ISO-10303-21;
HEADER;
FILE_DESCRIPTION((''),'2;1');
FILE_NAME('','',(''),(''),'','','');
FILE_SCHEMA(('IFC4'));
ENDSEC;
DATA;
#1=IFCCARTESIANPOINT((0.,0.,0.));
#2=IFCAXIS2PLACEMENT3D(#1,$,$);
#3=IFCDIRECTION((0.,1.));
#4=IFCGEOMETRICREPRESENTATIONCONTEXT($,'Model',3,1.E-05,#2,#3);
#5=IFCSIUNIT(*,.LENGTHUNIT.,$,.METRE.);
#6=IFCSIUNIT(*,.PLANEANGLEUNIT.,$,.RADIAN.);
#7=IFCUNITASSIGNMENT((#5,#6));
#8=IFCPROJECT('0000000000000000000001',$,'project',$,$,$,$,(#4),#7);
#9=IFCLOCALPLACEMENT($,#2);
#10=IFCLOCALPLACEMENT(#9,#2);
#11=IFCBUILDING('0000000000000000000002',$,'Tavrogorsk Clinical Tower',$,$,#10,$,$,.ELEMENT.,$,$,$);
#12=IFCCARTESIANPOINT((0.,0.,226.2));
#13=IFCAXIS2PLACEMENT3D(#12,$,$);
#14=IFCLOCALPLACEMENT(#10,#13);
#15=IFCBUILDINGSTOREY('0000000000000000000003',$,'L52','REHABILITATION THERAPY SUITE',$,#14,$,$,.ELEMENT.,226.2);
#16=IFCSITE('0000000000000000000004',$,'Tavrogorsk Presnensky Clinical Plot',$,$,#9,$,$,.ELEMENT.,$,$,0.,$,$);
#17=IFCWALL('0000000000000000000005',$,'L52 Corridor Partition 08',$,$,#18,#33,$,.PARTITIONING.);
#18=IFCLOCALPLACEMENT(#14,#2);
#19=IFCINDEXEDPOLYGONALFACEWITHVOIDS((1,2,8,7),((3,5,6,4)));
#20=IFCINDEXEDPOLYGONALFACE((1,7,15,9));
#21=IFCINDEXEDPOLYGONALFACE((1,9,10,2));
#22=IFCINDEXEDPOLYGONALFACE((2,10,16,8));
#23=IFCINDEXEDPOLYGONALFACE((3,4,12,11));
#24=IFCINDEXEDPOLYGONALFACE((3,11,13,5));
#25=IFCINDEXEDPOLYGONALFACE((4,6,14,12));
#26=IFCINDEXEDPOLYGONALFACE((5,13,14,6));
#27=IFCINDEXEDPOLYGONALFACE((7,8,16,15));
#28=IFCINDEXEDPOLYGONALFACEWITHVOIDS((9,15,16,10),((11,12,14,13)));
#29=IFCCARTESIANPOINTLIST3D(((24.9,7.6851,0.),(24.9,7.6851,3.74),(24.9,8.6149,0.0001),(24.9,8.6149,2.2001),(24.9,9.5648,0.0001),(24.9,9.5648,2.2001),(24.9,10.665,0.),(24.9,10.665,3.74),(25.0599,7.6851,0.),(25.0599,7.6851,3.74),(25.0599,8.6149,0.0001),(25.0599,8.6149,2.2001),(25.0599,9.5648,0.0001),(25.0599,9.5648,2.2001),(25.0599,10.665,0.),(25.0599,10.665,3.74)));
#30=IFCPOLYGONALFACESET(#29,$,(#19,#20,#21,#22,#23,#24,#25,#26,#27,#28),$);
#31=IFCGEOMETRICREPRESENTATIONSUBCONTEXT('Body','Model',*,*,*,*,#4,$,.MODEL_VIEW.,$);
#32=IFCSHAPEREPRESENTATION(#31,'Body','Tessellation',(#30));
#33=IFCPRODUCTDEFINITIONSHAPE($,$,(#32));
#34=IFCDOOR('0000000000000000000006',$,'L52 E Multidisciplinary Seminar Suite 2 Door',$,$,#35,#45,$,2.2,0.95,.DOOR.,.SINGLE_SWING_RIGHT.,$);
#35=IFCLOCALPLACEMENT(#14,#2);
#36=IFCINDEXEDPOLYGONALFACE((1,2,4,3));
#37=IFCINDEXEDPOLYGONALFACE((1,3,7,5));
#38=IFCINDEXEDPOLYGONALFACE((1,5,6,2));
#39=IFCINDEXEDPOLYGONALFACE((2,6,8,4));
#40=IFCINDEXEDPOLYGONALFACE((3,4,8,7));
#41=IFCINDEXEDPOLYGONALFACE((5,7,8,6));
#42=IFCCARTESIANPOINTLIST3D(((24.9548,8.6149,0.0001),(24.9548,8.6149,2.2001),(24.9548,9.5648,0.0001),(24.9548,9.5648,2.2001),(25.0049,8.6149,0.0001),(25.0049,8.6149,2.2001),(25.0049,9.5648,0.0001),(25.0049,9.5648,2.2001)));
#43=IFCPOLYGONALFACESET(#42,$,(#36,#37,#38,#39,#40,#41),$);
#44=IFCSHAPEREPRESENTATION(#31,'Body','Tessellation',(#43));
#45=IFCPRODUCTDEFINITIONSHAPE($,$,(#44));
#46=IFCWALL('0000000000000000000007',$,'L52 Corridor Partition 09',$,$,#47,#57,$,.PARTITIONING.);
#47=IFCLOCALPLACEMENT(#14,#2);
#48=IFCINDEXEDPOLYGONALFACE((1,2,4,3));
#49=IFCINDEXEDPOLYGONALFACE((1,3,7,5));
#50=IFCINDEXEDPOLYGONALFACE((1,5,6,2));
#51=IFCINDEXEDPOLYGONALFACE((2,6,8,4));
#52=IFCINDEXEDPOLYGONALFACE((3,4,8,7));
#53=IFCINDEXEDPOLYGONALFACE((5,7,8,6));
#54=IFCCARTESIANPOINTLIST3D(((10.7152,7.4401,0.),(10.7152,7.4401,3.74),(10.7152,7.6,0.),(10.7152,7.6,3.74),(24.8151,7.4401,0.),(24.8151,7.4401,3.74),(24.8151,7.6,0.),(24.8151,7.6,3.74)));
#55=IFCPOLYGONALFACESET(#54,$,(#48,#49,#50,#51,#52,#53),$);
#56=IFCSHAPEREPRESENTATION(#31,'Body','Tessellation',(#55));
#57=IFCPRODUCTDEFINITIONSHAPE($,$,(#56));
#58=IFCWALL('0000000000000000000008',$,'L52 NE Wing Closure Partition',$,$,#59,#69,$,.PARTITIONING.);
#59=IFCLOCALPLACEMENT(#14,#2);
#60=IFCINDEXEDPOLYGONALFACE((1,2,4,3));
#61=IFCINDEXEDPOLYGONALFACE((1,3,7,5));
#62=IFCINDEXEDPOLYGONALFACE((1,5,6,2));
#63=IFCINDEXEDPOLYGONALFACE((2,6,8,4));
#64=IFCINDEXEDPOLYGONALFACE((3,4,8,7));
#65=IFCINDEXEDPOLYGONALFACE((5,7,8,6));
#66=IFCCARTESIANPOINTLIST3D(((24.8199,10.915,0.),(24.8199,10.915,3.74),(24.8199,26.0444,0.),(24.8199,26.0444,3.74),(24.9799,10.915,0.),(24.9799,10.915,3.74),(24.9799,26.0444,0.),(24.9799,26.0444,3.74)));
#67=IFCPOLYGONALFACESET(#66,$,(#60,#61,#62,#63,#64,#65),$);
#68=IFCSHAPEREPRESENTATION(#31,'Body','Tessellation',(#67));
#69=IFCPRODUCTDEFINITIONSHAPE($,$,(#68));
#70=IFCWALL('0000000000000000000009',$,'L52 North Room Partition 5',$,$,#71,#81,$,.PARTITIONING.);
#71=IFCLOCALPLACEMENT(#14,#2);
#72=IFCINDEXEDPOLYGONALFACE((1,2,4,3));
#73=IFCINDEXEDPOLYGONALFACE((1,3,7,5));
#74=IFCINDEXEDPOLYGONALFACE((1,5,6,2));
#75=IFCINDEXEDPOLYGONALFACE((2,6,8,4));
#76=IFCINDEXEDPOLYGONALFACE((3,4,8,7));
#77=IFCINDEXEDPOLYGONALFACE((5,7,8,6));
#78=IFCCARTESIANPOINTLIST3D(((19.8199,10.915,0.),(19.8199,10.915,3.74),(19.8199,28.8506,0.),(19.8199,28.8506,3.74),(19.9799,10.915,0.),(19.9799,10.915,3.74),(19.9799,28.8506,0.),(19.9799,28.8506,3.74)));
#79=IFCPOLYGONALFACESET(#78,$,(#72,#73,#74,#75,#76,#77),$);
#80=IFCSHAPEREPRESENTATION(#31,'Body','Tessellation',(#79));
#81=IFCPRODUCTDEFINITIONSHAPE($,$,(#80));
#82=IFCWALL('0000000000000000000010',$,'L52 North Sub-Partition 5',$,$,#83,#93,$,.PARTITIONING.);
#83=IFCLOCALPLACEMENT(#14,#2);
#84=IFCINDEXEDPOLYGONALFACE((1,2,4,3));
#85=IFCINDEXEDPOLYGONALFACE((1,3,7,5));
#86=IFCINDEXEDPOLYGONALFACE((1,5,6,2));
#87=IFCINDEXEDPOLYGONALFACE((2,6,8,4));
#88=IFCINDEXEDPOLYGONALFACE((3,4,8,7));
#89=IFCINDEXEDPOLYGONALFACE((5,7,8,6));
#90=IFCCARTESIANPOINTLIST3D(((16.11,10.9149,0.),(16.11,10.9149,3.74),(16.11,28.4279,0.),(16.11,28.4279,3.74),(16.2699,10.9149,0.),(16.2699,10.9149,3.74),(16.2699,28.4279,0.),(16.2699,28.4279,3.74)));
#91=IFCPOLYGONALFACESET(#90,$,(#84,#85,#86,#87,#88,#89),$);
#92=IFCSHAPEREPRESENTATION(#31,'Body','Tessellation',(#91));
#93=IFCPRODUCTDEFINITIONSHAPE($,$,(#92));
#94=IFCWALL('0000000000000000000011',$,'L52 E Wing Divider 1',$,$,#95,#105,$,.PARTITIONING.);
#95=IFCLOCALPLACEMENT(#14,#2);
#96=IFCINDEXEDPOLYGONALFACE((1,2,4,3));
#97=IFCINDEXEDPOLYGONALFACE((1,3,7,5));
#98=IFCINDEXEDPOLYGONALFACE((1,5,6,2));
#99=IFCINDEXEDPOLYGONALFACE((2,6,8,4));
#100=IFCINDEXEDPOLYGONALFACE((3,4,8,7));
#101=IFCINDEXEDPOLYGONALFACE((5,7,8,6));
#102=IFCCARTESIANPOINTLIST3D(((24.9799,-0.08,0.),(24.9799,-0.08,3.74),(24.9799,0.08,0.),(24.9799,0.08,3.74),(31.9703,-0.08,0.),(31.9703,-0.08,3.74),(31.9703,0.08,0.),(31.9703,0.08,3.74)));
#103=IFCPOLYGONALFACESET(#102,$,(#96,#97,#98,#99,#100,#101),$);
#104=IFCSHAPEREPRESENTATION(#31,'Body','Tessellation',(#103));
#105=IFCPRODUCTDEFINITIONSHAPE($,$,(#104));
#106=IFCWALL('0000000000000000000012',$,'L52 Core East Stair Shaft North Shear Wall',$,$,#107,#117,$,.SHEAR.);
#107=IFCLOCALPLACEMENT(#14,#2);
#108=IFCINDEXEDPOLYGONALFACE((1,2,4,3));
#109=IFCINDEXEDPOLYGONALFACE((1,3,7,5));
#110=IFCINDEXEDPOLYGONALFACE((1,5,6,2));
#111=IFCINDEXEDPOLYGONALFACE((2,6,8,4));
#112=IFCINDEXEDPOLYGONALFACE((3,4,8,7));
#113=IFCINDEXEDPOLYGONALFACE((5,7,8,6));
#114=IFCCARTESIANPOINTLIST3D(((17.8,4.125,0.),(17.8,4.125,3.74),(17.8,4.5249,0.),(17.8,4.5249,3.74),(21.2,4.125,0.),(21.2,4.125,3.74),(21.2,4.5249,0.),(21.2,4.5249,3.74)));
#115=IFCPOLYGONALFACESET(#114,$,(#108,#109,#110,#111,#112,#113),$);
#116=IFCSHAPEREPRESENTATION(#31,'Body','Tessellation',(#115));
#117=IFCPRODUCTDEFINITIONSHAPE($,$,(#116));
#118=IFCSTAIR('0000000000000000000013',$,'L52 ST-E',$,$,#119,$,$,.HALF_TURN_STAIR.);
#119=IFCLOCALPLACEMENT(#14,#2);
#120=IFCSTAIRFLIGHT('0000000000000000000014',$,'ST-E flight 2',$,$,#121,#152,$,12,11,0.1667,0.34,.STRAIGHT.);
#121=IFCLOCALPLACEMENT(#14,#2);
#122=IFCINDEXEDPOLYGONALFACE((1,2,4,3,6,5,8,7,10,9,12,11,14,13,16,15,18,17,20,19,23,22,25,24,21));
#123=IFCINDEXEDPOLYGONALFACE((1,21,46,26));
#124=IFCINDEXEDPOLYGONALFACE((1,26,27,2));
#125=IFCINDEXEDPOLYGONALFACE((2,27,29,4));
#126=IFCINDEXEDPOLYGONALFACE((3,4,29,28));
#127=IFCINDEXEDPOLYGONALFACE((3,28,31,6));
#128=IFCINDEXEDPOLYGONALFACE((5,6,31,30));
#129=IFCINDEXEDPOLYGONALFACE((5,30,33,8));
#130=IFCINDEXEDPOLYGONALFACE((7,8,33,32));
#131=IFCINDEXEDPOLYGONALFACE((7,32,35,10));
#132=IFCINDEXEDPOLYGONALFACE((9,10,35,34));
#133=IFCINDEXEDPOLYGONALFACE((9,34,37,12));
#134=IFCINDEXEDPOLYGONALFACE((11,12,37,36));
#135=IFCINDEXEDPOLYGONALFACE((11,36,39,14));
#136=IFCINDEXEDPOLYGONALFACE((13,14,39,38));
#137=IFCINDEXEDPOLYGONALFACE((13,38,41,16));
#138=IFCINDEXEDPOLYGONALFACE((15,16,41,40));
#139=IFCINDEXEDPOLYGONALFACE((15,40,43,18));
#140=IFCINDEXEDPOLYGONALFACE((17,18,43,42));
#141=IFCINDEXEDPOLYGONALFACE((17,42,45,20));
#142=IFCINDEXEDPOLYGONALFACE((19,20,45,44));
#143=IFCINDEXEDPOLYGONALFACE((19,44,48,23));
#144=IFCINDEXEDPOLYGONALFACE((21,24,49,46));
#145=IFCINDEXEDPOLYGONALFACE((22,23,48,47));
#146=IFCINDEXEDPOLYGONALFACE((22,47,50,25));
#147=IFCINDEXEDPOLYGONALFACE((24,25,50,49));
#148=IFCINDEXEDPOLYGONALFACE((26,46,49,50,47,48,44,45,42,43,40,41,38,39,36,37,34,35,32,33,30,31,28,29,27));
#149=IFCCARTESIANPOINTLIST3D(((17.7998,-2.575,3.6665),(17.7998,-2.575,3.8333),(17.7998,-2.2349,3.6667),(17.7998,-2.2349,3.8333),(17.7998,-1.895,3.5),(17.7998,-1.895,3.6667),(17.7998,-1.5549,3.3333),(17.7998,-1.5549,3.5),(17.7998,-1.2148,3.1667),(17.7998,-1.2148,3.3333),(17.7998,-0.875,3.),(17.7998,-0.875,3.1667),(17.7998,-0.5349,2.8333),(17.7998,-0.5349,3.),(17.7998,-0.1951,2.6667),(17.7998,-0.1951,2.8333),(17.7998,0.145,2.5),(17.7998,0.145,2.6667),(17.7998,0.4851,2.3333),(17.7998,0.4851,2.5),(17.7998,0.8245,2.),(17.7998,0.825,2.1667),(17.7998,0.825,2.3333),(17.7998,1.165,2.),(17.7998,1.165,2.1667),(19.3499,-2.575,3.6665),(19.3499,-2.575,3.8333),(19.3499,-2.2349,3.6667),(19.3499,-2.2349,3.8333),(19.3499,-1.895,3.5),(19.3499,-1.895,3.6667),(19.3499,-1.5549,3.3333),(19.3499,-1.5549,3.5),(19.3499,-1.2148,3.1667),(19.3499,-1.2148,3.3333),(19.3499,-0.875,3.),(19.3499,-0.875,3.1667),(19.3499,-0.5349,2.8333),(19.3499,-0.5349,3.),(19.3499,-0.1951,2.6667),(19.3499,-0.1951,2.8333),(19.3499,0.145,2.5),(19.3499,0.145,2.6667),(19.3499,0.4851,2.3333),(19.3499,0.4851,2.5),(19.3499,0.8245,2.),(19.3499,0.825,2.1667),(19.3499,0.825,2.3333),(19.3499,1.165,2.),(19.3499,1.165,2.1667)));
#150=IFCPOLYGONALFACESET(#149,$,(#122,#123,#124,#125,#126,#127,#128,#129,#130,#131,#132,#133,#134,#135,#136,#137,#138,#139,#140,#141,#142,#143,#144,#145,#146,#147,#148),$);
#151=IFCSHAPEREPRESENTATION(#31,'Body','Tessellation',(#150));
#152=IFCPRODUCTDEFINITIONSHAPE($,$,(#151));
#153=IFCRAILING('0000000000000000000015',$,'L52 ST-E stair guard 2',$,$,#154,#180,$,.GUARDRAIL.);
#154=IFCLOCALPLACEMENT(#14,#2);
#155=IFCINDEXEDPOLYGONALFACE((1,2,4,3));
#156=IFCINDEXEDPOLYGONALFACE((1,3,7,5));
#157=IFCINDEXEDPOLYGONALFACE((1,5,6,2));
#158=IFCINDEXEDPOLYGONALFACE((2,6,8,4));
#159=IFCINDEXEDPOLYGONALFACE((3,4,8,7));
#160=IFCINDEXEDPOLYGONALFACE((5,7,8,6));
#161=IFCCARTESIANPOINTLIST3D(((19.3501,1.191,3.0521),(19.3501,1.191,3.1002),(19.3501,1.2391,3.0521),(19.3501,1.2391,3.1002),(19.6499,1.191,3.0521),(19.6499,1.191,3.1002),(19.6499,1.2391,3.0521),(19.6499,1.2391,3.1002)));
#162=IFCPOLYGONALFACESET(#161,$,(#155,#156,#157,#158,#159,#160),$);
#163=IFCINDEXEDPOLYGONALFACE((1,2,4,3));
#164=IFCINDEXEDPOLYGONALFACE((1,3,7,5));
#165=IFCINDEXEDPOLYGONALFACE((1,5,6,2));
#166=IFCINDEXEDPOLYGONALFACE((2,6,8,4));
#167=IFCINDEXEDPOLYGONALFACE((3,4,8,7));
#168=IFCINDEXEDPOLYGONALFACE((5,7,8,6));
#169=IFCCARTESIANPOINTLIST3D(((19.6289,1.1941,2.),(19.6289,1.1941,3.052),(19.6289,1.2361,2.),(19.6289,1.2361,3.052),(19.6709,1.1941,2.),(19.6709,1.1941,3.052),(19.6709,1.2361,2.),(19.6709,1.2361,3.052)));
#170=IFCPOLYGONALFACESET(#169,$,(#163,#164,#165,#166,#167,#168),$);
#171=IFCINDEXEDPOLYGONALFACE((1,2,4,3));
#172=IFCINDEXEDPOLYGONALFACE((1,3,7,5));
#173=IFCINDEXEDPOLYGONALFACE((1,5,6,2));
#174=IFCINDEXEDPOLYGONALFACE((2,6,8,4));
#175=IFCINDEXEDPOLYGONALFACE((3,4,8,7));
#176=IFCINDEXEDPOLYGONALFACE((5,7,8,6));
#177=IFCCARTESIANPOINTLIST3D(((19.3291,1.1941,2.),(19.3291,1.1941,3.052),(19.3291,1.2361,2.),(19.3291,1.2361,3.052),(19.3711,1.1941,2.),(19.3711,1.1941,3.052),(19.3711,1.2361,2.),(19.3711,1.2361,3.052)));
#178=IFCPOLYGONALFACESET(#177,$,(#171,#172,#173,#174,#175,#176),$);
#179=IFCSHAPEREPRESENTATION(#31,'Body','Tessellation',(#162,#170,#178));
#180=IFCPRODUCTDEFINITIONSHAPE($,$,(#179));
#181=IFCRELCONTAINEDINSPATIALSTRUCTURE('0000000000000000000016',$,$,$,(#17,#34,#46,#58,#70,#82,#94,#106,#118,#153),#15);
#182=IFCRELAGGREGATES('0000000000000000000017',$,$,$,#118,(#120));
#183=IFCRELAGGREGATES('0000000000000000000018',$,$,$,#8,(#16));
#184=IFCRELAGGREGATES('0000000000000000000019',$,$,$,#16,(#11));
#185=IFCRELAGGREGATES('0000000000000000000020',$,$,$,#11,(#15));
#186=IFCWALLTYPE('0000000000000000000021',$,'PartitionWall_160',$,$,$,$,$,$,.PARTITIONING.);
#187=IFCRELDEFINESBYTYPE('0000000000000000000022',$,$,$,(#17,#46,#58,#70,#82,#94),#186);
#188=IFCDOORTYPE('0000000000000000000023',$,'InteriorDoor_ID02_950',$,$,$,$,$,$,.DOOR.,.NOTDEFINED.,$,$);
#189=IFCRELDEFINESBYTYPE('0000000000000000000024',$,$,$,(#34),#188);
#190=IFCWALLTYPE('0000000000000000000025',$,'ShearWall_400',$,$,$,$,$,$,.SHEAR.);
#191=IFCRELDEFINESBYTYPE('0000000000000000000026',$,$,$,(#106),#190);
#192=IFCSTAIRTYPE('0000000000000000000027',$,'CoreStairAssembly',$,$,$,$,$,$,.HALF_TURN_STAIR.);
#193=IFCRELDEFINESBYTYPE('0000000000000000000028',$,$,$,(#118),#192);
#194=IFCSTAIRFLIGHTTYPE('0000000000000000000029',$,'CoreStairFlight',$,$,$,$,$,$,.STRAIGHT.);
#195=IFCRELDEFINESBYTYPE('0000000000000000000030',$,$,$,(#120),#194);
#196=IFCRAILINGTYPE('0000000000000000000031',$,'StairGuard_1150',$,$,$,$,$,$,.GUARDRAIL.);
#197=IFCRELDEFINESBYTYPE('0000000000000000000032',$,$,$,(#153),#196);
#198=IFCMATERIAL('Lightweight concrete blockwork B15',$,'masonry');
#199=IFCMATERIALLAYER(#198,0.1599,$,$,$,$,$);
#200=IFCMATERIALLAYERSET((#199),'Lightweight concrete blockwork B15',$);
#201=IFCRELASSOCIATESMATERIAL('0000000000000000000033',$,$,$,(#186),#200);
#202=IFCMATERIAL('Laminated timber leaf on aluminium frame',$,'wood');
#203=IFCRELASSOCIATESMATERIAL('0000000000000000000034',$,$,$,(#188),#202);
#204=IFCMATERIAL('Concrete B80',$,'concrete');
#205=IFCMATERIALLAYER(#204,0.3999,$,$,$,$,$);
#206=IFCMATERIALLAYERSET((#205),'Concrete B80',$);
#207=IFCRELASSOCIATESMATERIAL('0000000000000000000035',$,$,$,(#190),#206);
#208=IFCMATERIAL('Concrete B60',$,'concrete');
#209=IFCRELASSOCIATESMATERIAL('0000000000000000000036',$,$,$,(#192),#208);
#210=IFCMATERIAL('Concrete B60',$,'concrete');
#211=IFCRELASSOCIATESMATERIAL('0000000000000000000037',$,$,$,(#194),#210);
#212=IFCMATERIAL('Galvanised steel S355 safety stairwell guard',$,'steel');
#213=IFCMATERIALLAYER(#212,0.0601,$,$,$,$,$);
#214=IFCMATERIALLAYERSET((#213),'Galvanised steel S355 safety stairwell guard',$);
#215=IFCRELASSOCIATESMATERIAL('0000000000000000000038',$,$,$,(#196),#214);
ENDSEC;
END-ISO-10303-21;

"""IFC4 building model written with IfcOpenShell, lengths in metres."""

from ifc_helpers import new_model, si_unit, direction, frame, frame_2d, origin, origin_2d, place, context, subcontext, project, spatial, polyline, rectangle, outline, extrude, material, layer, layer_set, type_object, element, fill, aggregate, save


model = new_model("IFC4")

# Units and contexts
model_context = context("Model", 3, precision=1e-05, world=origin(), true_north=direction((0.0, 1.0)))
body_context = subcontext(model_context, "Body", "Model", "MODEL_VIEW")
ifc_project = project(units=[si_unit("LENGTHUNIT", "METRE"), si_unit("PLANEANGLEUNIT", "RADIAN")], contexts=[model_context])

# Site, building, storey
site_placement = place(None, origin())
site = spatial("IfcSite", under=ifc_project, at=site_placement, Name="Tavrogorsk Presnensky Clinical Plot", CompositionType="ELEMENT", RefElevation=0.0)
building_placement = place(site_placement, origin())
building = spatial("IfcBuilding", under=site, at=building_placement, Name="Tavrogorsk Clinical Tower", CompositionType="ELEMENT")
storey_placement = place(building_placement, frame((0.0, 0.0, 226.2)))
storey = spatial("IfcBuildingStorey", under=building, at=storey_placement, Name="L52", Description="REHABILITATION THERAPY SUITE", CompositionType="ELEMENT", Elevation=226.2)

# Wall, opening, door
ifc_material_1 = material(Name="Lightweight concrete blockwork B15", Category="masonry")
ifc_layer_1 = layer(ifc_material_1, 0.1599)
ifc_layer_set_1 = layer_set([ifc_layer_1], Name="Lightweight concrete blockwork B15")
wall_type_1 = type_object("IfcWallType", Name="PartitionWall_160", PredefinedType="PARTITIONING", material=ifc_layer_set_1)
wall_1_placement = place(storey_placement, frame((24.98, 10.665, 0.0), z_axis=(0.0, 0.0, 1.0), x_axis=(0.0, -1.0, 0.0)))
wall_1 = element("IfcWall", 1, at=wall_1_placement, inside=storey, type_object=wall_type_1, Name="L52 Corridor Partition 08", PredefinedType="PARTITIONING", context=body_context, shape_type="SweptSolid", body=[
    extrude(rectangle(XDim=2.98, YDim=0.1599, at=frame_2d((1.49, 0.0))), origin(), (0.0, 0.0, 1.0), 3.74),
])
opening_placement = place(wall_1_placement, frame((1.1001, 0.0, 0.0)))
opening = element("IfcOpeningElement", 2, at=opening_placement, cuts=wall_1, PredefinedType="OPENING", context=body_context, shape_type="SweptSolid", body=[
    extrude(rectangle(XDim=0.95, YDim=2.2, at=frame_2d((0.4751, 1.1001))), frame((0.0, 0.0898, 0.0), z_axis=(0.0, -1.0, 0.0), x_axis=(1.0, 0.0, 0.0)), (0.0, 0.0, 1.0), 0.1799),
])
ifc_material_2 = material(Name="Laminated timber leaf on aluminium frame", Category="wood")
door_type = type_object("IfcDoorType", Name="InteriorDoor_ID02_950", OperationType="NOTDEFINED", PredefinedType="DOOR", material=ifc_material_2)
door_placement = place(opening_placement, origin())
door = element("IfcDoor", 3, at=door_placement, inside=storey, type_object=door_type, Name="L52 E Multidisciplinary Seminar Suite 2 Door", OperationType="SINGLE_SWING_RIGHT", OverallHeight=2.2, OverallWidth=0.95, PredefinedType="DOOR", context=body_context, shape_type="SweptSolid", body=[
    extrude(rectangle(XDim=0.95, YDim=2.2, at=frame_2d((0.4751, 1.1001))), frame((0.0, 0.0249, 0.0), z_axis=(0.0, -1.0, 0.0), x_axis=(1.0, 0.0, 0.0)), (0.0, 0.0, 1.0), 0.05),
])
fill(opening, door)

# Walls
wall_2_placement = place(storey_placement, frame((24.8149, 7.52, 0.0), z_axis=(0.0, 0.0, 1.0), x_axis=(-1.0, 0.0, 0.0)))
element("IfcWall", 4, at=wall_2_placement, inside=storey, type_object=wall_type_1, Name="L52 Corridor Partition 09", PredefinedType="PARTITIONING", context=body_context, shape_type="SweptSolid", body=[
    extrude(rectangle(XDim=14.0999, YDim=0.1599, at=frame_2d((7.0498, 0.0))), origin(), (0.0, 0.0, 1.0), 3.74),
])
wall_3_placement = place(storey_placement, frame((24.8999, 10.915, 0.0), z_axis=(0.0, 0.0, 1.0), x_axis=(0.0, 1.0, 0.0)))
element("IfcWall", 5, at=wall_3_placement, inside=storey, type_object=wall_type_1, Name="L52 NE Wing Closure Partition", PredefinedType="PARTITIONING", context=body_context, shape_type="SweptSolid", body=[
    extrude(rectangle(XDim=15.1294, YDim=0.1599, at=frame_2d((7.5647, 0.0))), origin(), (0.0, 0.0, 1.0), 3.74),
])
wall_4_placement = place(storey_placement, frame((19.8999, 10.915, 0.0), z_axis=(0.0, 0.0, 1.0), x_axis=(0.0, 1.0, 0.0)))
element("IfcWall", 6, at=wall_4_placement, inside=storey, type_object=wall_type_1, Name="L52 North Room Partition 5", PredefinedType="PARTITIONING", context=body_context, shape_type="SweptSolid", body=[
    extrude(rectangle(XDim=17.9355, YDim=0.1599, at=frame_2d((8.9678, 0.0))), origin(), (0.0, 0.0, 1.0), 3.74),
])
wall_5_placement = place(storey_placement, frame((16.1899, 10.915, 0.0), z_axis=(0.0, 0.0, 1.0), x_axis=(0.0, 1.0, 0.0)))
element("IfcWall", 7, at=wall_5_placement, inside=storey, type_object=wall_type_1, Name="L52 North Sub-Partition 5", PredefinedType="PARTITIONING", context=body_context, shape_type="SweptSolid", body=[
    extrude(rectangle(XDim=17.5129, YDim=0.1599, at=frame_2d((8.7563, 0.0))), origin(), (0.0, 0.0, 1.0), 3.74),
])
wall_6_placement = place(storey_placement, frame((24.98, 0.0, 0.0), z_axis=(0.0, 0.0, 1.0), x_axis=(1.0, 0.0, 0.0)))
element("IfcWall", 8, at=wall_6_placement, inside=storey, type_object=wall_type_1, Name="L52 E Wing Divider 1", PredefinedType="PARTITIONING", context=body_context, shape_type="SweptSolid", body=[
    extrude(rectangle(XDim=6.9905, YDim=0.1599, at=frame_2d((3.4951, 0.0))), origin(), (0.0, 0.0, 1.0), 3.74),
])
ifc_material_3 = material(Name="Concrete B80", Category="concrete")
ifc_layer_2 = layer(ifc_material_3, 0.3999)
ifc_layer_set_2 = layer_set([ifc_layer_2], Name="Concrete B80")
wall_type_2 = type_object("IfcWallType", Name="ShearWall_400", PredefinedType="SHEAR", material=ifc_layer_set_2)
wall_7_placement = place(storey_placement, frame((17.8, 4.325, 0.0), z_axis=(0.0, 0.0, 1.0), x_axis=(1.0, 0.0, 0.0)))
element("IfcWall", 9, at=wall_7_placement, inside=storey, type_object=wall_type_2, Name="L52 Core East Stair Shaft North Shear Wall", PredefinedType="SHEAR", context=body_context, shape_type="SweptSolid", body=[
    extrude(rectangle(XDim=3.3999, YDim=0.3999, at=frame_2d((1.7, 0.0))), origin(), (0.0, 0.0, 1.0), 3.74),
])

# Stair, stair flight
ifc_material_4 = material(Name="Concrete B60", Category="concrete")
stair_type = type_object("IfcStairType", Name="CoreStairAssembly", PredefinedType="HALF_TURN_STAIR", material=ifc_material_4)
stair_placement = place(storey_placement, origin())
stair = element("IfcStair", 10, at=stair_placement, inside=storey, type_object=stair_type, Name="L52 ST-E", PredefinedType="HALF_TURN_STAIR")
ifc_material_5 = material(Name="Concrete B60", Category="concrete")
stair_flight_type = type_object("IfcStairFlightType", Name="CoreStairFlight", PredefinedType="STRAIGHT", material=ifc_material_5)
stair_flight_placement = place(storey_placement, frame((18.575, 1.165, 2.0), z_axis=(0.0, 0.0, 1.0), x_axis=(0.0, -1.0, 0.0)))
stair_flight = element("IfcStairFlight", 11, at=stair_flight_placement, type_object=stair_flight_type, Name="ST-E flight 2", NumberOfRisers=12, NumberOfTreads=11, PredefinedType="STRAIGHT", RiserHeight=0.1667, TreadLength=0.34, context=body_context, shape_type="SweptSolid", body=[
    extrude(outline(polyline([(0.0, 0.0), (0.0, 0.1667), (0.3401, 0.1667), (0.3401, 0.3333), (0.6799, 0.3333), (0.6799, 0.5), (1.02, 0.5), (1.02, 0.6667), (1.3601, 0.6667), (1.3601, 0.8333), (1.7, 0.8333), (1.7, 1.0), (2.04, 1.0), (2.04, 1.1667), (2.3799, 1.1667), (2.3799, 1.3333), (2.72, 1.3333), (2.72, 1.5), (3.0601, 1.5), (3.0601, 1.6667), (3.3999, 1.6667), (3.3999, 1.8333), (3.74, 1.8333), (3.74, 2.0), (3.74, 1.6665), (0.3406, 0.0), (0.0, 0.0)])), frame((0.0, 0.7749, 0.0), z_axis=(0.0, -1.0, 0.0), x_axis=(1.0, 0.0, 0.0)), (0.0, 0.0, 1.0), 1.55),
])
aggregate(stair, [stair_flight])

# Railing
ifc_material_6 = material(Name="Galvanised steel S355 safety stairwell guard", Category="steel")
ifc_layer_3 = layer(ifc_material_6, 0.0601)
ifc_layer_set_3 = layer_set([ifc_layer_3], Name="Galvanised steel S355 safety stairwell guard")
railing_type_1 = type_object("IfcRailingType", Name="StairGuard_1150", PredefinedType="GUARDRAIL", material=ifc_layer_set_3)
railing_1_placement = place(storey_placement, frame((19.6499, 1.2151, 2.0)))
element("IfcRailing", 12, at=railing_1_placement, inside=storey, type_object=railing_type_1, Name="L52 ST-E stair guard 2", PredefinedType="GUARDRAIL", context=body_context, shape_type="SweptSolid", body=[
    extrude(rectangle(XDim=0.0481, YDim=0.0481, at=origin_2d()), frame((0.0, 0.0, 1.0762), z_axis=(-1.0, 0.0, 0.0), x_axis=(0.0, -1.0, 0.0)), (0.0, 0.0, 1.0), 0.2998),
    extrude(rectangle(XDim=0.042, YDim=0.042, at=origin_2d()), origin(), (0.0, 0.0, 1.0), 1.052),
    extrude(rectangle(XDim=0.042, YDim=0.042, at=origin_2d()), frame((-0.2998, 0.0, 0.0)), (0.0, 0.0, 1.0), 1.052),
])

save(model, "model.ifc")
